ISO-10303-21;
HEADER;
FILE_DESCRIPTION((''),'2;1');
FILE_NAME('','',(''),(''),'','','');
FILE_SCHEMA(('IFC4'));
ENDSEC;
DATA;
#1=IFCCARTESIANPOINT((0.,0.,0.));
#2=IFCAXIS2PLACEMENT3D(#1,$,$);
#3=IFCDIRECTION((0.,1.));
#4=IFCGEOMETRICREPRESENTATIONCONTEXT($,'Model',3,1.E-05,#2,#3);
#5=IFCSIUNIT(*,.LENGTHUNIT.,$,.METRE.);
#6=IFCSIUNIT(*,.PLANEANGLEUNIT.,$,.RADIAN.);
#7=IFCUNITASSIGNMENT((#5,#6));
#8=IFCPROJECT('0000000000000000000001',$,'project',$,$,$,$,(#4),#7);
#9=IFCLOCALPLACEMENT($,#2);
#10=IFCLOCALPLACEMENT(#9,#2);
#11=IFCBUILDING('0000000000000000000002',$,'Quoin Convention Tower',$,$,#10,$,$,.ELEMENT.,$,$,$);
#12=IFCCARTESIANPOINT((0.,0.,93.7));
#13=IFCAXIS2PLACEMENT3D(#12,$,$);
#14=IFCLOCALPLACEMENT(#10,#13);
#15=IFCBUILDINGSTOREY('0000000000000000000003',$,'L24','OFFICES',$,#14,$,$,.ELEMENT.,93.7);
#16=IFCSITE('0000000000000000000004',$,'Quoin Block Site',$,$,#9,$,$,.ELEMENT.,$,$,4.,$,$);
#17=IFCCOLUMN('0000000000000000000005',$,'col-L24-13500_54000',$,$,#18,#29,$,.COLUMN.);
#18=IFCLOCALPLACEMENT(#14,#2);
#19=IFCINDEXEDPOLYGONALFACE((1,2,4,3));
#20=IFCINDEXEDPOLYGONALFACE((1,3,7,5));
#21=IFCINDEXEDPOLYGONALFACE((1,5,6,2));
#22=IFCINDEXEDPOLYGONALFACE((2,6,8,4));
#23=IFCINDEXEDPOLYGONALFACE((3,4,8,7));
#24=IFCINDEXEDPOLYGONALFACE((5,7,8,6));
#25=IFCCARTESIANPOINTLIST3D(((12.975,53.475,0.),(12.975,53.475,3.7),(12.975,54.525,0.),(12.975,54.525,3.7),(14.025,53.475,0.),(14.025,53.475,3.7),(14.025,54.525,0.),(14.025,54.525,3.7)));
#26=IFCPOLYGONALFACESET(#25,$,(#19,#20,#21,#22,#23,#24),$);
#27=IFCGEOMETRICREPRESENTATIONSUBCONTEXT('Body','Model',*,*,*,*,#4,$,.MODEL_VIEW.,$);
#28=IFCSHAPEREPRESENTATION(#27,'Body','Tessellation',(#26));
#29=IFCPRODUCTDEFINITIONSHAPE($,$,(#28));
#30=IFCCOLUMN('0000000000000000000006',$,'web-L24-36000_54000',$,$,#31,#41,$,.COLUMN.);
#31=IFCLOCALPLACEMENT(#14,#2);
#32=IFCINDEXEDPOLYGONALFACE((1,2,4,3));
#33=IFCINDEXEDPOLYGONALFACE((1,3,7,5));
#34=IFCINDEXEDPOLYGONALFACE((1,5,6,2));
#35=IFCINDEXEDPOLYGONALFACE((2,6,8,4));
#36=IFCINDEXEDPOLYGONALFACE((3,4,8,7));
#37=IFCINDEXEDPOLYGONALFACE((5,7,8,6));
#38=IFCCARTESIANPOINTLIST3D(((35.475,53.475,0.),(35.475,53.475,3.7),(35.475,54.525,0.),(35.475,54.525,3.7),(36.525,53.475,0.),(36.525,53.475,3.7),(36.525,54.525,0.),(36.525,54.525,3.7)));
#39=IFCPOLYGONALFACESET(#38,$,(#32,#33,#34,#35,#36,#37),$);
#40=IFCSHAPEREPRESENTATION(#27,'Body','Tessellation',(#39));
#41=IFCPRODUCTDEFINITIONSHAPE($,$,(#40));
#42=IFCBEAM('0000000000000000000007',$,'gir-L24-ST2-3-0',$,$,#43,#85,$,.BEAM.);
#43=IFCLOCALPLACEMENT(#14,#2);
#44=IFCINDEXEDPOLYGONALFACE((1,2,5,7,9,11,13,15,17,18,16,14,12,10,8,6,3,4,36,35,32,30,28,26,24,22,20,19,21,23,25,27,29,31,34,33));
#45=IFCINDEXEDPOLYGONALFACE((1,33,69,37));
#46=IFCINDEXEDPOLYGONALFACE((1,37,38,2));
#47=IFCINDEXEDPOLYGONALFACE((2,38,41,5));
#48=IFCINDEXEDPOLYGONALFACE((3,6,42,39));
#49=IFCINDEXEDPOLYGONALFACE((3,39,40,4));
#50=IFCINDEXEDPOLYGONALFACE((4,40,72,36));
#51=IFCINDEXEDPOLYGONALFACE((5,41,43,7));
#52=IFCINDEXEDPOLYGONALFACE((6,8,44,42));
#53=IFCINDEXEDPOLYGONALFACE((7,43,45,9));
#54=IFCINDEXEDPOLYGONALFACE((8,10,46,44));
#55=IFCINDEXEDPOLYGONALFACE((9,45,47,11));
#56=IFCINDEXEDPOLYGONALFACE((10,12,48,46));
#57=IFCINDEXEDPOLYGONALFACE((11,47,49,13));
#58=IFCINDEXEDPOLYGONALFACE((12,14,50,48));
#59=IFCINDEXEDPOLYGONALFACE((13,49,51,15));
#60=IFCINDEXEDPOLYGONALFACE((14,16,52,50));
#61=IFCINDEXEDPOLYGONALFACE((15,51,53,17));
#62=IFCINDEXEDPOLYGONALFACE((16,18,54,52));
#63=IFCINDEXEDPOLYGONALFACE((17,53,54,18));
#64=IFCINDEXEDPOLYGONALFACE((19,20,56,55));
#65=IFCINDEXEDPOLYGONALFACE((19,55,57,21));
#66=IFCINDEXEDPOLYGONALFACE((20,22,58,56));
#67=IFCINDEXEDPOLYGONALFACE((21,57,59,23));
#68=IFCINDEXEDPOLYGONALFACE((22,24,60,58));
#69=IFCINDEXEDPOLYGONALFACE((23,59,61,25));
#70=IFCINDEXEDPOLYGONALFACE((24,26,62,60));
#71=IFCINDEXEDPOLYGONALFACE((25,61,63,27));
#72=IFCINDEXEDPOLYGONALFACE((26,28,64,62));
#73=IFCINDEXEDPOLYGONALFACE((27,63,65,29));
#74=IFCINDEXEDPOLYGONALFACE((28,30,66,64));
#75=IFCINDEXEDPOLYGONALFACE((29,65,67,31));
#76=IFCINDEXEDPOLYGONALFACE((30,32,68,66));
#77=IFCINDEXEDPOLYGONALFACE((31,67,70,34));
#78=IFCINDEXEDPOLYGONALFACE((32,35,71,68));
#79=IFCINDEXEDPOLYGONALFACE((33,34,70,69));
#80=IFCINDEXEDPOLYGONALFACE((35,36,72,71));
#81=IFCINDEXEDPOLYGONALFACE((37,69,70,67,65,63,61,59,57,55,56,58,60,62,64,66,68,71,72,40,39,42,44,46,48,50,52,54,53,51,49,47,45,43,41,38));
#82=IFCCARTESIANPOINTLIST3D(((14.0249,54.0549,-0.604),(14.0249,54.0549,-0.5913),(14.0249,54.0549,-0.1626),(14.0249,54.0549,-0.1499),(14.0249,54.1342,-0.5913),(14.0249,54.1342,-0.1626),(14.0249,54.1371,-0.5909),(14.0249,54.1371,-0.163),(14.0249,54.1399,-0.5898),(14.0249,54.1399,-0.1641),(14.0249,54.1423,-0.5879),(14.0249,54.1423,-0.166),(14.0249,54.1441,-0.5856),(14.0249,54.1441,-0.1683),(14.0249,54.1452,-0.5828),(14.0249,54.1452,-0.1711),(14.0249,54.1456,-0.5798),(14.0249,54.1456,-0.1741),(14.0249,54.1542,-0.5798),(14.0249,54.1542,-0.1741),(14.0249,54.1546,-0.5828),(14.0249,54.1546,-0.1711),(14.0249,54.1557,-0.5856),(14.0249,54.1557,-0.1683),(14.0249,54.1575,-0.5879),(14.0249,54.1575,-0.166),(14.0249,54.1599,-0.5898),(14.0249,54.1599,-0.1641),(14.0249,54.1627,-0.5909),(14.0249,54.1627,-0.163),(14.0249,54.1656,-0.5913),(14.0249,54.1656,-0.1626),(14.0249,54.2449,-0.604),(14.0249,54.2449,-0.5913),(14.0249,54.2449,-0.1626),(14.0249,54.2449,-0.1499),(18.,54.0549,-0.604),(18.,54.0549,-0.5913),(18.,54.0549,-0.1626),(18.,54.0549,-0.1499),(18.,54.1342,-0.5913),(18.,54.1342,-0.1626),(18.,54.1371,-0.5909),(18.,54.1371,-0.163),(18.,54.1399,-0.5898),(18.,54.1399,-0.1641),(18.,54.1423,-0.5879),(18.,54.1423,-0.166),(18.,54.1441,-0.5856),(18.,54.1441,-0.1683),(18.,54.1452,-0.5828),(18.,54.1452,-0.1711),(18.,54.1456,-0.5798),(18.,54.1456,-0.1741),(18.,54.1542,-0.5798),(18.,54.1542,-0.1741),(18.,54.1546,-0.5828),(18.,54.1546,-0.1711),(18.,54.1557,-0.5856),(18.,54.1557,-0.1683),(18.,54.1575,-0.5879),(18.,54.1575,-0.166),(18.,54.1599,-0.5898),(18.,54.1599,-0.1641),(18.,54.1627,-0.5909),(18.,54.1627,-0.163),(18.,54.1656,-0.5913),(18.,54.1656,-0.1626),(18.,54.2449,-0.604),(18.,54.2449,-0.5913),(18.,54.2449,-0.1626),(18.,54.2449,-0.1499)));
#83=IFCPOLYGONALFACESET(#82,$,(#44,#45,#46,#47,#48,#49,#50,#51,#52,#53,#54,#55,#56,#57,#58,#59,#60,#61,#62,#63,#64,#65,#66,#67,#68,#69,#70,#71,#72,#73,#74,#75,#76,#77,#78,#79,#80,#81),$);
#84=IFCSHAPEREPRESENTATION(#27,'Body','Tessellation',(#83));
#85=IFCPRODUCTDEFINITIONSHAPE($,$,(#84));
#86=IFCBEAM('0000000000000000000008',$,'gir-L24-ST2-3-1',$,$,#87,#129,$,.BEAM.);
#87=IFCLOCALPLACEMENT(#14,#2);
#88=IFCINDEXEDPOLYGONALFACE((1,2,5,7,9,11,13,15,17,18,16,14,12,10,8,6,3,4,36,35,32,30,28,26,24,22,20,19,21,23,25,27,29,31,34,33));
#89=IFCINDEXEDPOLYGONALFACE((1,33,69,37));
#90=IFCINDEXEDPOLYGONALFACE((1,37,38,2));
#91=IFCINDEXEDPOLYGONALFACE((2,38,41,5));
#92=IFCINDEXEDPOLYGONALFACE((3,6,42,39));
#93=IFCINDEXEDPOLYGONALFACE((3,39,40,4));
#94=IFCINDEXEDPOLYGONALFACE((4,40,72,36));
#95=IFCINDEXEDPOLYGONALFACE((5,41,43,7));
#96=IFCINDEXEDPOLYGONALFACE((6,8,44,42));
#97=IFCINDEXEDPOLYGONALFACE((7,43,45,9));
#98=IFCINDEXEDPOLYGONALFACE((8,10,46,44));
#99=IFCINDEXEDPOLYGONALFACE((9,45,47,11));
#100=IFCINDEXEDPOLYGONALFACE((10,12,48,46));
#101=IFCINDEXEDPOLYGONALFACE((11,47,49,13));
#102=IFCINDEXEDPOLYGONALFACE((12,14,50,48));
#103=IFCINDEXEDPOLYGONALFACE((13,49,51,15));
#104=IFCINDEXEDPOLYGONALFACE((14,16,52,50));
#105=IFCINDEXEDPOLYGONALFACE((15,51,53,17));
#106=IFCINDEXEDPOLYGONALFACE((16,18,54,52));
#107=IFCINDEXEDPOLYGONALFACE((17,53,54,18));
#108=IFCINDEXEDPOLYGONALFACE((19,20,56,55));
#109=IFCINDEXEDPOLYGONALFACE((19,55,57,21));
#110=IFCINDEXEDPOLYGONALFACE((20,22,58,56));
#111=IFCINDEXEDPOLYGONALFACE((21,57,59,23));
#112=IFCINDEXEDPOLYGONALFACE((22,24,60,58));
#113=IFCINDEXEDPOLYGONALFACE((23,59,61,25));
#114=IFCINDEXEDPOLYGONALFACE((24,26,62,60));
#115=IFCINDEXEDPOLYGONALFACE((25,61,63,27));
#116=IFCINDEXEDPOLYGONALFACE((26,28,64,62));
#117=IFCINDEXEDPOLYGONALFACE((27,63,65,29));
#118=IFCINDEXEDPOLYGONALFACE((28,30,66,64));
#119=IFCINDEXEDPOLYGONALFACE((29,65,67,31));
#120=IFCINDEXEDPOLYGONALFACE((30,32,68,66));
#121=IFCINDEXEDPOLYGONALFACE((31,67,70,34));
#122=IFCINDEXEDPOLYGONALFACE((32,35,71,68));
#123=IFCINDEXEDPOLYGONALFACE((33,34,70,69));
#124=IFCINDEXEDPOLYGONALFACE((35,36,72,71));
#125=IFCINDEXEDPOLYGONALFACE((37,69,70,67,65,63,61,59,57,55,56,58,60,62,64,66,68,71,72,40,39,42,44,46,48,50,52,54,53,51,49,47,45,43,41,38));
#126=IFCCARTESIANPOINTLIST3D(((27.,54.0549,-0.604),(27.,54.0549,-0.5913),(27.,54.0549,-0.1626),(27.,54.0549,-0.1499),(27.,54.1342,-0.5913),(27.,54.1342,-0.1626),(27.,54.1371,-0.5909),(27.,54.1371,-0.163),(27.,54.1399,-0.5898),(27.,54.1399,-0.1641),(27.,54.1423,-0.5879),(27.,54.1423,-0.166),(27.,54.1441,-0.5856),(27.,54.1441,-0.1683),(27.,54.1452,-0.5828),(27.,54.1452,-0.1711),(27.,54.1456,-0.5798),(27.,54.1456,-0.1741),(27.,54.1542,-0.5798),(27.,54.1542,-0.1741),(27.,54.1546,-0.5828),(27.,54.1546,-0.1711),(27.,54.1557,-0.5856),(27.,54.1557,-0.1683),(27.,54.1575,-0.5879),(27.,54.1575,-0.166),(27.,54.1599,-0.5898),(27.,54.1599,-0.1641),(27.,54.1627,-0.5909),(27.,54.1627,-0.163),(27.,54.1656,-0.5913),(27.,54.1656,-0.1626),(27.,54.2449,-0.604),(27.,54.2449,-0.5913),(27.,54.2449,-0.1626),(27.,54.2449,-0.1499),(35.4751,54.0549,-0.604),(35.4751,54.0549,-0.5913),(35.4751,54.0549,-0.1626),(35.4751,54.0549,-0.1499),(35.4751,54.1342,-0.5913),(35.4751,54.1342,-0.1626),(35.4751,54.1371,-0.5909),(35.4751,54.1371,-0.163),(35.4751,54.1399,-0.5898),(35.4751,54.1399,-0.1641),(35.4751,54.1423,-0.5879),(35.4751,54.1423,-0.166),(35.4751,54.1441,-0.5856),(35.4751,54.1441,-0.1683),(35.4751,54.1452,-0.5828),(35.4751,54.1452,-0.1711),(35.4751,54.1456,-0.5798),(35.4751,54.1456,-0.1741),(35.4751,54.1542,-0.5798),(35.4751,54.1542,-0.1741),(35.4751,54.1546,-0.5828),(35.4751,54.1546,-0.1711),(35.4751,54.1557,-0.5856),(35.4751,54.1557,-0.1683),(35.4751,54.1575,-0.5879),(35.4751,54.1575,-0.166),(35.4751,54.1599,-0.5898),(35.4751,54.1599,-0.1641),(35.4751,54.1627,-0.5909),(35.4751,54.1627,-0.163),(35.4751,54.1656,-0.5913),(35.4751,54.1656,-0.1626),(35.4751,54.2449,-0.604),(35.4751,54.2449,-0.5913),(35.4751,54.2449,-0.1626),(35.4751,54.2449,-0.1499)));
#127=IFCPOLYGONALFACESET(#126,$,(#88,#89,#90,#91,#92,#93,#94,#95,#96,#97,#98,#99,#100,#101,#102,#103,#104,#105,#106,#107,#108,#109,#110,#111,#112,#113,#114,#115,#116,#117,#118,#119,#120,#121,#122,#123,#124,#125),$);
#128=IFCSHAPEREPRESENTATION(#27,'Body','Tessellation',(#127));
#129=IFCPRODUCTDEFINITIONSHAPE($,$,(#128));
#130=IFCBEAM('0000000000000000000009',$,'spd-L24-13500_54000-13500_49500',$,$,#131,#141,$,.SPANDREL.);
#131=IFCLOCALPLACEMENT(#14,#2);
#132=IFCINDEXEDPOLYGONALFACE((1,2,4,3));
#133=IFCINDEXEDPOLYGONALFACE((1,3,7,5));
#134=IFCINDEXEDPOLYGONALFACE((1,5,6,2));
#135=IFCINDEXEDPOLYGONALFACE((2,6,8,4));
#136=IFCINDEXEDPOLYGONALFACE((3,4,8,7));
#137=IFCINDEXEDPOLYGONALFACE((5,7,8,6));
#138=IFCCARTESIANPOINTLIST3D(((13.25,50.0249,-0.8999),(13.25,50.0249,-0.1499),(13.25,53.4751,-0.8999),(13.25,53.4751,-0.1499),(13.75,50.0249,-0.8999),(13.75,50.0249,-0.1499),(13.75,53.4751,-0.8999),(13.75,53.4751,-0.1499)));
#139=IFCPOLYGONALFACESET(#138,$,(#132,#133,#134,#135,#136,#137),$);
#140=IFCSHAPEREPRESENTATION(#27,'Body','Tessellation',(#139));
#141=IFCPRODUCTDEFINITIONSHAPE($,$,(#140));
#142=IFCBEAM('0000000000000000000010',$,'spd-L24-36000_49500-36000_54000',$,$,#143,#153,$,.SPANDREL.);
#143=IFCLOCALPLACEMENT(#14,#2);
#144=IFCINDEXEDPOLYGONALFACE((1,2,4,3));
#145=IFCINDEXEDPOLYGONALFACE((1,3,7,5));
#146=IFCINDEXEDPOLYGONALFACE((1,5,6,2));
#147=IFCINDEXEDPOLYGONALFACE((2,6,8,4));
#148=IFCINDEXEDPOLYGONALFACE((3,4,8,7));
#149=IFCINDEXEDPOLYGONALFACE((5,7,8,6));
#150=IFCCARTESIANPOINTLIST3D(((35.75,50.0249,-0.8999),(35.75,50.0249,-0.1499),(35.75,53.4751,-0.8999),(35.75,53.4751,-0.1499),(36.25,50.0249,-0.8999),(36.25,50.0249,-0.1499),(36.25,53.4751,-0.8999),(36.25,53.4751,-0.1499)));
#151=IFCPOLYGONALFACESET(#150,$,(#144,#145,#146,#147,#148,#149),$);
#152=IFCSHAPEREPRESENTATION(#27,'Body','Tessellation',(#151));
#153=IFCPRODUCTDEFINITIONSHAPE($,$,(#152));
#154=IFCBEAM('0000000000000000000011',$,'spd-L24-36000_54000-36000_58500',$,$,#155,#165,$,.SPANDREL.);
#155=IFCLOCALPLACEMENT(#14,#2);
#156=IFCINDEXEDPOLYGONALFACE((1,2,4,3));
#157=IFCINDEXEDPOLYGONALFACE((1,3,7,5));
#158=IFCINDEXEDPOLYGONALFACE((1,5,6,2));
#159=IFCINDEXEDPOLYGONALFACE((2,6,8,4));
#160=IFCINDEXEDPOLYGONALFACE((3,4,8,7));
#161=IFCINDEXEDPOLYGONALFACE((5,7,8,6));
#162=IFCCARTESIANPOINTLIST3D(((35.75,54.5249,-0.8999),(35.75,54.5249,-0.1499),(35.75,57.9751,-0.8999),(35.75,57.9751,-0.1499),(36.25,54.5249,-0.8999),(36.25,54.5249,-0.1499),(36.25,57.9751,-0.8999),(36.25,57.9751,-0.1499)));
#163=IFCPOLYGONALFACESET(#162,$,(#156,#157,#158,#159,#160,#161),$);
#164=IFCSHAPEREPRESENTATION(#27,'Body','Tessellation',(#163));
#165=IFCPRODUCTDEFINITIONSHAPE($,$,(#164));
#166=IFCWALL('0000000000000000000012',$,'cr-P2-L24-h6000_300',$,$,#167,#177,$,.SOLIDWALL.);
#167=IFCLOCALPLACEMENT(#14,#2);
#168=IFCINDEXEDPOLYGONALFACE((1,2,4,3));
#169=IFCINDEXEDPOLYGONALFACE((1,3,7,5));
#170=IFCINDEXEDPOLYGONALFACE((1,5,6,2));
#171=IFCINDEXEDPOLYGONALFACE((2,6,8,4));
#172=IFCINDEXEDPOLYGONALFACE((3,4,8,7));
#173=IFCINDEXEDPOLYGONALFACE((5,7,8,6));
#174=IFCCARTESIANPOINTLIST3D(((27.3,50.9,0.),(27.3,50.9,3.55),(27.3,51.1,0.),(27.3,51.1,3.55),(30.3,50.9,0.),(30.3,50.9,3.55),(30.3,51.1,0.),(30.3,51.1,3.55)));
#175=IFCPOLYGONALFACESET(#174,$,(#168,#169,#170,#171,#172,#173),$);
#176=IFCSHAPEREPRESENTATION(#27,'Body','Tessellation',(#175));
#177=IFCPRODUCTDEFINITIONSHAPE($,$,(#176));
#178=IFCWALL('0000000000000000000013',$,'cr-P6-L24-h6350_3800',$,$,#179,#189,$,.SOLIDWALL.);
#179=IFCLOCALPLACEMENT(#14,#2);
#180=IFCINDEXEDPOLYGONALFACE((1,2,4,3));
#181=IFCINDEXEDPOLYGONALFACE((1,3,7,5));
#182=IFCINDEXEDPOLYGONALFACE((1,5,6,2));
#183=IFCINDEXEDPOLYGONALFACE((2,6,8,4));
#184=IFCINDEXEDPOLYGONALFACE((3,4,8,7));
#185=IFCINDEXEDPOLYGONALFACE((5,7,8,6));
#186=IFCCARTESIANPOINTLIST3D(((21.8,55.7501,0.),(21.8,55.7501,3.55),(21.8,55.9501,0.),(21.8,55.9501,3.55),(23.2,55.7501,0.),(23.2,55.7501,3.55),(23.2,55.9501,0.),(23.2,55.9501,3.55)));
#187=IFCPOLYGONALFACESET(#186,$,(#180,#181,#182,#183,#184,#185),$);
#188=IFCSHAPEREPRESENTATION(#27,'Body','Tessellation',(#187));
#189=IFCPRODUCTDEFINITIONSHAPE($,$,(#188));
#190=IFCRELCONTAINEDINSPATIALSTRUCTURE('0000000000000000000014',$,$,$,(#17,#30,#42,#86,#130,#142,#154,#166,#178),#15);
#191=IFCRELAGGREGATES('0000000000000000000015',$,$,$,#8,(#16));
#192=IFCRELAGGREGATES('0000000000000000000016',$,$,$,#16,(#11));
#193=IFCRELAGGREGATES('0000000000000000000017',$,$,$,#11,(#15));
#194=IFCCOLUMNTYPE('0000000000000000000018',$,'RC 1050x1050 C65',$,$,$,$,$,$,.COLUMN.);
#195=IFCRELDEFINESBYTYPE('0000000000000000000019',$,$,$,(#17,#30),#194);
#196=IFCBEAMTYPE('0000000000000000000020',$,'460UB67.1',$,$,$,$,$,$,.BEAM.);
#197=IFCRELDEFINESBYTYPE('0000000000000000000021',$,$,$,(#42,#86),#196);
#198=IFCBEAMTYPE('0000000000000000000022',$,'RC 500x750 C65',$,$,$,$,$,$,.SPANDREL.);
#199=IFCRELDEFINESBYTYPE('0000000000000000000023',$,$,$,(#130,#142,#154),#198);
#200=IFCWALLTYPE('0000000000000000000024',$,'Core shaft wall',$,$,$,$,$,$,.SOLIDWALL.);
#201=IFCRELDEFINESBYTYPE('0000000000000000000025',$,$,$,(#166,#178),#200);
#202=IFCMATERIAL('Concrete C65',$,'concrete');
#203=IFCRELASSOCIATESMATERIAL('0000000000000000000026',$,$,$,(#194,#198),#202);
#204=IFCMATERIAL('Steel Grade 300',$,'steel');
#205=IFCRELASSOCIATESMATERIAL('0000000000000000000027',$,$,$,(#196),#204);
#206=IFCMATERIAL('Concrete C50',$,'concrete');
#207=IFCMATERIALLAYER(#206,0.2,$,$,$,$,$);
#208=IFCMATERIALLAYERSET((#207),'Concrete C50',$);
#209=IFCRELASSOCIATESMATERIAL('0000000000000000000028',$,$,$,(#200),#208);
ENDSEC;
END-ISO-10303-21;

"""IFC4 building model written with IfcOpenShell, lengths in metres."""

from ifc_helpers import new_model, si_unit, direction, frame, frame_2d, origin, origin_2d, place, context, subcontext, project, spatial, rectangle, i_section, extrude, material, layer, layer_set, material_profile, profile_set, type_object, element, save


model = new_model("IFC4")

# Units and contexts
model_context = context("Model", 3, precision=1e-05, world=origin(), true_north=direction((0.0, 1.0)))
body_context = subcontext(model_context, "Body", "Model", "MODEL_VIEW")
ifc_project = project(units=[si_unit("LENGTHUNIT", "METRE"), si_unit("PLANEANGLEUNIT", "RADIAN")], contexts=[model_context])

# Site, building, storey
site_placement = place(None, origin())
site = spatial("IfcSite", under=ifc_project, at=site_placement, Name="Quoin Block Site", CompositionType="ELEMENT", RefElevation=4.0)
building_placement = place(site_placement, origin())
building = spatial("IfcBuilding", under=site, at=building_placement, Name="Quoin Convention Tower", CompositionType="ELEMENT")
storey_placement = place(building_placement, frame((0.0, 0.0, 93.7)))
storey = spatial("IfcBuildingStorey", under=building, at=storey_placement, Name="L24", Description="OFFICES", CompositionType="ELEMENT", Elevation=93.7)

# Columns
ifc_material_1 = material(Name="Concrete C65", Category="concrete")
ifc_material_profile_1 = material_profile(ifc_material_1, rectangle(XDim=1.05, YDim=1.05, at=origin_2d()), Name="RC 1050x1050")
ifc_profile_set_1 = profile_set([ifc_material_profile_1], Name="Concrete C65")
column_type = type_object("IfcColumnType", Name="RC 1050x1050 C65", PredefinedType="COLUMN", material=ifc_profile_set_1)
for number, where, z_axis, x_axis, name in (
    (1, (13.5, 54.0, 0.0), (0.0, 0.0, 1.0), (1.0, 0.0, 0.0), "col-L24-13500_54000"),
    (2, (36.0, 54.0, 0.0), (0.0, 0.0, 1.0), (1.0, 0.0, 0.0), "web-L24-36000_54000"),
):
    element("IfcColumn", number, at=place(storey_placement, frame(where, z_axis=z_axis, x_axis=x_axis)), inside=storey, type_object=column_type, Name=name, PredefinedType="COLUMN", context=body_context, shape_type="SweptSolid", body=[
        extrude(rectangle(XDim=1.05, YDim=1.05, at=origin_2d()), origin(), (0.0, 0.0, 1.0), 3.7),
    ])

# Beams
ifc_material_2 = material(Name="Steel Grade 300", Category="steel")
ifc_material_profile_2 = material_profile(ifc_material_2, i_section(OverallWidth=0.1899, OverallDepth=0.4541, WebThickness=0.0085, FlangeThickness=0.0127, FilletRadius=0.0115, at=origin_2d()), Name="460UB67.1")
ifc_profile_set_2 = profile_set([ifc_material_profile_2], Name="Steel Grade 300")
beam_type_1 = type_object("IfcBeamType", Name="460UB67.1", PredefinedType="BEAM", material=ifc_profile_set_2)
beam_1_placement = place(storey_placement, frame((14.0249, 54.1499, -0.377), z_axis=(1.0, 0.0, 0.0), x_axis=(0.0, 1.0, 0.0)))
element("IfcBeam", 3, at=beam_1_placement, inside=storey, type_object=beam_type_1, Name="gir-L24-ST2-3-0", PredefinedType="BEAM", context=body_context, shape_type="SweptSolid", body=[
    extrude(i_section(OverallWidth=0.1899, OverallDepth=0.4541, WebThickness=0.0085, FlangeThickness=0.0127, FilletRadius=0.0115, at=origin_2d()), origin(), (0.0, 0.0, 1.0), 3.9751),
])
beam_2_placement = place(storey_placement, frame((27.0, 54.1499, -0.377), z_axis=(1.0, 0.0, 0.0), x_axis=(0.0, 1.0, 0.0)))
element("IfcBeam", 4, at=beam_2_placement, inside=storey, type_object=beam_type_1, Name="gir-L24-ST2-3-1", PredefinedType="BEAM", context=body_context, shape_type="SweptSolid", body=[
    extrude(i_section(OverallWidth=0.1899, OverallDepth=0.4541, WebThickness=0.0085, FlangeThickness=0.0127, FilletRadius=0.0115, at=origin_2d()), origin(), (0.0, 0.0, 1.0), 8.4751),
])
ifc_material_profile_3 = material_profile(ifc_material_1, rectangle(XDim=0.5, YDim=0.75, at=origin_2d()), Name="RC 500x750")
ifc_profile_set_3 = profile_set([ifc_material_profile_3], Name="Concrete C65")
beam_type_2 = type_object("IfcBeamType", Name="RC 500x750 C65", PredefinedType="SPANDREL", material=ifc_profile_set_3)
for number, where, z_axis, x_axis, name in (
    (5, (13.5, 53.4751, -0.5249), (0.0, -1.0, 0.0), (1.0, 0.0, 0.0), "spd-L24-13500_54000-13500_49500"),
    (6, (36.0, 50.0249, -0.5249), (0.0, 1.0, 0.0), (-1.0, 0.0, 0.0), "spd-L24-36000_49500-36000_54000"),
    (7, (36.0, 54.5249, -0.5249), (0.0, 1.0, 0.0), (-1.0, 0.0, 0.0), "spd-L24-36000_54000-36000_58500"),
):
    element("IfcBeam", number, at=place(storey_placement, frame(where, z_axis=z_axis, x_axis=x_axis)), inside=storey, type_object=beam_type_2, Name=name, PredefinedType="SPANDREL", context=body_context, shape_type="SweptSolid", body=[
        extrude(rectangle(XDim=0.5, YDim=0.75, at=origin_2d()), origin(), (0.0, 0.0, 1.0), 3.4502),
    ])

# Walls
ifc_material_3 = material(Name="Concrete C50", Category="concrete")
ifc_layer_1 = layer(ifc_material_3, 0.2)
ifc_layer_set_1 = layer_set([ifc_layer_1], Name="Concrete C50")
wall_type_1 = type_object("IfcWallType", Name="Core shaft wall", PredefinedType="SOLIDWALL", material=ifc_layer_set_1)
wall_1_placement = place(storey_placement, frame((27.3, 51.0, 0.0), z_axis=(0.0, 0.0, 1.0), x_axis=(1.0, 0.0, 0.0)))
element("IfcWall", 8, at=wall_1_placement, inside=storey, type_object=wall_type_1, Name="cr-P2-L24-h6000_300", PredefinedType="SOLIDWALL", context=body_context, shape_type="SweptSolid", body=[
    extrude(rectangle(XDim=3.0, YDim=0.2, at=frame_2d((1.5, 0.0))), origin(), (0.0, 0.0, 1.0), 3.55),
])
wall_2_placement = place(storey_placement, frame((21.8, 55.8501, 0.0), z_axis=(0.0, 0.0, 1.0), x_axis=(1.0, 0.0, 0.0)))
element("IfcWall", 9, at=wall_2_placement, inside=storey, type_object=wall_type_1, Name="cr-P6-L24-h6350_3800", PredefinedType="SOLIDWALL", context=body_context, shape_type="SweptSolid", body=[
    extrude(rectangle(XDim=1.3999, YDim=0.2, at=frame_2d((0.7, 0.0))), origin(), (0.0, 0.0, 1.0), 3.55),
])

save(model, "model.ifc")
